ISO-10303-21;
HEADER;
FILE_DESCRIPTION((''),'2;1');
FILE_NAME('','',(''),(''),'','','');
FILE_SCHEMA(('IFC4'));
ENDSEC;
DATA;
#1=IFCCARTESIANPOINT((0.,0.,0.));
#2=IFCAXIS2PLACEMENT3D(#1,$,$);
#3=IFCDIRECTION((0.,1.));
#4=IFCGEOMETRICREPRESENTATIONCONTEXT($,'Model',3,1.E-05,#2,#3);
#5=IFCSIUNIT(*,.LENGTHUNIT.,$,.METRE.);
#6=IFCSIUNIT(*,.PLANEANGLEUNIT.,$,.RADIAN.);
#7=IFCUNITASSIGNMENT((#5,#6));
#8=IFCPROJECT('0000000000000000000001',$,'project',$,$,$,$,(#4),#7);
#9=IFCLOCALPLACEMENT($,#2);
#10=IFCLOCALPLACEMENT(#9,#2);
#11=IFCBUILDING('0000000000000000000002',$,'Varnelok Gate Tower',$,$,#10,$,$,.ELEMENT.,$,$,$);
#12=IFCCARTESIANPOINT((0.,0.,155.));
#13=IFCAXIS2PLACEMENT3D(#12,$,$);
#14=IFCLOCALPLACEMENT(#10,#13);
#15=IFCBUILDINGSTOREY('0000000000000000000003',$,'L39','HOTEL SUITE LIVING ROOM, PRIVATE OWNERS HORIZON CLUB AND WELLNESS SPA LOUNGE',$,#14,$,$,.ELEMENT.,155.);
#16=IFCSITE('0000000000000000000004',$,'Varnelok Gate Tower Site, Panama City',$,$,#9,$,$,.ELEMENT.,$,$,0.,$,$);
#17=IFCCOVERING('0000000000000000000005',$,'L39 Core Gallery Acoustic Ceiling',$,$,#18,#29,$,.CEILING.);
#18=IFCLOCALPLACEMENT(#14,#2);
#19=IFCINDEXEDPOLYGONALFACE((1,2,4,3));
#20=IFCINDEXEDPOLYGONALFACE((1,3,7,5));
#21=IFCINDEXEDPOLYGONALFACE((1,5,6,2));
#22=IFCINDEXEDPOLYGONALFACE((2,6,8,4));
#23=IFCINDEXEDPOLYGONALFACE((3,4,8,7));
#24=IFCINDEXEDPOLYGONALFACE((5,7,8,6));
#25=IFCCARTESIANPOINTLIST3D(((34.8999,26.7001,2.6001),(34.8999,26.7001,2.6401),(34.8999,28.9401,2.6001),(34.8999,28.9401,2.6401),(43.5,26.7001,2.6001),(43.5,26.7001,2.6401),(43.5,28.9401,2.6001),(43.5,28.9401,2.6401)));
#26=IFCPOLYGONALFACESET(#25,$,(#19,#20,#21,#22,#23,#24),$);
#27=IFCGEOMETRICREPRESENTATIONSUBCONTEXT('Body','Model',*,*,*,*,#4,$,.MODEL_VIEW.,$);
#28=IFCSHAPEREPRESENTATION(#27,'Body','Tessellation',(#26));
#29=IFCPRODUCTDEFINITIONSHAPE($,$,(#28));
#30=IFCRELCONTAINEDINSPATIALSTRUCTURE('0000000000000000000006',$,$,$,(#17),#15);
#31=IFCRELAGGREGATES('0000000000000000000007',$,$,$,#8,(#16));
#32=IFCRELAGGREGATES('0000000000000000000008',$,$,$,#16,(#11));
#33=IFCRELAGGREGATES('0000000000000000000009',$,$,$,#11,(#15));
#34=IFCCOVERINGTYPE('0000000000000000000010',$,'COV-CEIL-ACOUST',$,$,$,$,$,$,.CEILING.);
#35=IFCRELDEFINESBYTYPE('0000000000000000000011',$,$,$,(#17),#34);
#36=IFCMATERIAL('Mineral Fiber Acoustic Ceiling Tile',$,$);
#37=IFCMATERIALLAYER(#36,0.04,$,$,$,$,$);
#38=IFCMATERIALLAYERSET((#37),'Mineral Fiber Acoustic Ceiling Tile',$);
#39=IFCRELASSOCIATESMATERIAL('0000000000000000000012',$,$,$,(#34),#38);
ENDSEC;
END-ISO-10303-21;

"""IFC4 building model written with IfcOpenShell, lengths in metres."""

from ifc_helpers import new_model, si_unit, direction, frame, origin, origin_2d, place, context, subcontext, project, spatial, rectangle, extrude, source, transform, mapped, material, layer, layer_set, type_object, element, save


model = new_model("IFC4")

# Units and contexts
model_context = context("Model", 3, precision=1e-05, world=origin(), true_north=direction((0.0, 1.0)))
body_context = subcontext(model_context, "Body", "Model", "MODEL_VIEW")
ifc_project = project(units=[si_unit("LENGTHUNIT", "METRE"), si_unit("PLANEANGLEUNIT", "RADIAN")], contexts=[model_context])

# Site, building, storey
site_placement = place(None, origin())
site = spatial("IfcSite", under=ifc_project, at=site_placement, Name="Varnelok Gate Tower Site, Panama City", CompositionType="ELEMENT", RefElevation=0.0)
building_placement = place(site_placement, origin())
building = spatial("IfcBuilding", under=site, at=building_placement, Name="Varnelok Gate Tower", CompositionType="ELEMENT")
storey_placement = place(building_placement, frame((0.0, 0.0, 155.0)))
storey = spatial("IfcBuildingStorey", under=building, at=storey_placement, Name="L39", Description="HOTEL SUITE LIVING ROOM, PRIVATE OWNERS HORIZON CLUB AND WELLNESS SPA LOUNGE", CompositionType="ELEMENT", Elevation=155.0)

# Covering
ifc_material_1 = material(Name="Mineral Fiber Acoustic Ceiling Tile")
ifc_layer_1 = layer(ifc_material_1, 0.04)
ifc_layer_set_1 = layer_set([ifc_layer_1], Name="Mineral Fiber Acoustic Ceiling Tile")
covering_type_1 = type_object("IfcCoveringType", Name="COV-CEIL-ACOUST", PredefinedType="CEILING", material=ifc_layer_set_1)
shared_shape_1 = source(origin(), body_context, "Body", "SweptSolid", [
    extrude(rectangle(XDim=8.6001, YDim=2.24, at=origin_2d()), origin(), (0.0, 0.0, 1.0), 0.04),
])
covering_1_placement = place(storey_placement, frame((39.2, 27.8201, 2.6001), z_axis=(0.0, 0.0, 1.0), x_axis=(1.0, 0.0, 0.0)))
element("IfcCovering", 1, at=covering_1_placement, inside=storey, type_object=covering_type_1, Name="L39 Core Gallery Acoustic Ceiling", PredefinedType="CEILING", context=body_context, shape_type="MappedRepresentation", body=[
    mapped(shared_shape_1, transform((0.0, 0.0, 0.0), scale=1.0)),
])

save(model, "model.ifc")
